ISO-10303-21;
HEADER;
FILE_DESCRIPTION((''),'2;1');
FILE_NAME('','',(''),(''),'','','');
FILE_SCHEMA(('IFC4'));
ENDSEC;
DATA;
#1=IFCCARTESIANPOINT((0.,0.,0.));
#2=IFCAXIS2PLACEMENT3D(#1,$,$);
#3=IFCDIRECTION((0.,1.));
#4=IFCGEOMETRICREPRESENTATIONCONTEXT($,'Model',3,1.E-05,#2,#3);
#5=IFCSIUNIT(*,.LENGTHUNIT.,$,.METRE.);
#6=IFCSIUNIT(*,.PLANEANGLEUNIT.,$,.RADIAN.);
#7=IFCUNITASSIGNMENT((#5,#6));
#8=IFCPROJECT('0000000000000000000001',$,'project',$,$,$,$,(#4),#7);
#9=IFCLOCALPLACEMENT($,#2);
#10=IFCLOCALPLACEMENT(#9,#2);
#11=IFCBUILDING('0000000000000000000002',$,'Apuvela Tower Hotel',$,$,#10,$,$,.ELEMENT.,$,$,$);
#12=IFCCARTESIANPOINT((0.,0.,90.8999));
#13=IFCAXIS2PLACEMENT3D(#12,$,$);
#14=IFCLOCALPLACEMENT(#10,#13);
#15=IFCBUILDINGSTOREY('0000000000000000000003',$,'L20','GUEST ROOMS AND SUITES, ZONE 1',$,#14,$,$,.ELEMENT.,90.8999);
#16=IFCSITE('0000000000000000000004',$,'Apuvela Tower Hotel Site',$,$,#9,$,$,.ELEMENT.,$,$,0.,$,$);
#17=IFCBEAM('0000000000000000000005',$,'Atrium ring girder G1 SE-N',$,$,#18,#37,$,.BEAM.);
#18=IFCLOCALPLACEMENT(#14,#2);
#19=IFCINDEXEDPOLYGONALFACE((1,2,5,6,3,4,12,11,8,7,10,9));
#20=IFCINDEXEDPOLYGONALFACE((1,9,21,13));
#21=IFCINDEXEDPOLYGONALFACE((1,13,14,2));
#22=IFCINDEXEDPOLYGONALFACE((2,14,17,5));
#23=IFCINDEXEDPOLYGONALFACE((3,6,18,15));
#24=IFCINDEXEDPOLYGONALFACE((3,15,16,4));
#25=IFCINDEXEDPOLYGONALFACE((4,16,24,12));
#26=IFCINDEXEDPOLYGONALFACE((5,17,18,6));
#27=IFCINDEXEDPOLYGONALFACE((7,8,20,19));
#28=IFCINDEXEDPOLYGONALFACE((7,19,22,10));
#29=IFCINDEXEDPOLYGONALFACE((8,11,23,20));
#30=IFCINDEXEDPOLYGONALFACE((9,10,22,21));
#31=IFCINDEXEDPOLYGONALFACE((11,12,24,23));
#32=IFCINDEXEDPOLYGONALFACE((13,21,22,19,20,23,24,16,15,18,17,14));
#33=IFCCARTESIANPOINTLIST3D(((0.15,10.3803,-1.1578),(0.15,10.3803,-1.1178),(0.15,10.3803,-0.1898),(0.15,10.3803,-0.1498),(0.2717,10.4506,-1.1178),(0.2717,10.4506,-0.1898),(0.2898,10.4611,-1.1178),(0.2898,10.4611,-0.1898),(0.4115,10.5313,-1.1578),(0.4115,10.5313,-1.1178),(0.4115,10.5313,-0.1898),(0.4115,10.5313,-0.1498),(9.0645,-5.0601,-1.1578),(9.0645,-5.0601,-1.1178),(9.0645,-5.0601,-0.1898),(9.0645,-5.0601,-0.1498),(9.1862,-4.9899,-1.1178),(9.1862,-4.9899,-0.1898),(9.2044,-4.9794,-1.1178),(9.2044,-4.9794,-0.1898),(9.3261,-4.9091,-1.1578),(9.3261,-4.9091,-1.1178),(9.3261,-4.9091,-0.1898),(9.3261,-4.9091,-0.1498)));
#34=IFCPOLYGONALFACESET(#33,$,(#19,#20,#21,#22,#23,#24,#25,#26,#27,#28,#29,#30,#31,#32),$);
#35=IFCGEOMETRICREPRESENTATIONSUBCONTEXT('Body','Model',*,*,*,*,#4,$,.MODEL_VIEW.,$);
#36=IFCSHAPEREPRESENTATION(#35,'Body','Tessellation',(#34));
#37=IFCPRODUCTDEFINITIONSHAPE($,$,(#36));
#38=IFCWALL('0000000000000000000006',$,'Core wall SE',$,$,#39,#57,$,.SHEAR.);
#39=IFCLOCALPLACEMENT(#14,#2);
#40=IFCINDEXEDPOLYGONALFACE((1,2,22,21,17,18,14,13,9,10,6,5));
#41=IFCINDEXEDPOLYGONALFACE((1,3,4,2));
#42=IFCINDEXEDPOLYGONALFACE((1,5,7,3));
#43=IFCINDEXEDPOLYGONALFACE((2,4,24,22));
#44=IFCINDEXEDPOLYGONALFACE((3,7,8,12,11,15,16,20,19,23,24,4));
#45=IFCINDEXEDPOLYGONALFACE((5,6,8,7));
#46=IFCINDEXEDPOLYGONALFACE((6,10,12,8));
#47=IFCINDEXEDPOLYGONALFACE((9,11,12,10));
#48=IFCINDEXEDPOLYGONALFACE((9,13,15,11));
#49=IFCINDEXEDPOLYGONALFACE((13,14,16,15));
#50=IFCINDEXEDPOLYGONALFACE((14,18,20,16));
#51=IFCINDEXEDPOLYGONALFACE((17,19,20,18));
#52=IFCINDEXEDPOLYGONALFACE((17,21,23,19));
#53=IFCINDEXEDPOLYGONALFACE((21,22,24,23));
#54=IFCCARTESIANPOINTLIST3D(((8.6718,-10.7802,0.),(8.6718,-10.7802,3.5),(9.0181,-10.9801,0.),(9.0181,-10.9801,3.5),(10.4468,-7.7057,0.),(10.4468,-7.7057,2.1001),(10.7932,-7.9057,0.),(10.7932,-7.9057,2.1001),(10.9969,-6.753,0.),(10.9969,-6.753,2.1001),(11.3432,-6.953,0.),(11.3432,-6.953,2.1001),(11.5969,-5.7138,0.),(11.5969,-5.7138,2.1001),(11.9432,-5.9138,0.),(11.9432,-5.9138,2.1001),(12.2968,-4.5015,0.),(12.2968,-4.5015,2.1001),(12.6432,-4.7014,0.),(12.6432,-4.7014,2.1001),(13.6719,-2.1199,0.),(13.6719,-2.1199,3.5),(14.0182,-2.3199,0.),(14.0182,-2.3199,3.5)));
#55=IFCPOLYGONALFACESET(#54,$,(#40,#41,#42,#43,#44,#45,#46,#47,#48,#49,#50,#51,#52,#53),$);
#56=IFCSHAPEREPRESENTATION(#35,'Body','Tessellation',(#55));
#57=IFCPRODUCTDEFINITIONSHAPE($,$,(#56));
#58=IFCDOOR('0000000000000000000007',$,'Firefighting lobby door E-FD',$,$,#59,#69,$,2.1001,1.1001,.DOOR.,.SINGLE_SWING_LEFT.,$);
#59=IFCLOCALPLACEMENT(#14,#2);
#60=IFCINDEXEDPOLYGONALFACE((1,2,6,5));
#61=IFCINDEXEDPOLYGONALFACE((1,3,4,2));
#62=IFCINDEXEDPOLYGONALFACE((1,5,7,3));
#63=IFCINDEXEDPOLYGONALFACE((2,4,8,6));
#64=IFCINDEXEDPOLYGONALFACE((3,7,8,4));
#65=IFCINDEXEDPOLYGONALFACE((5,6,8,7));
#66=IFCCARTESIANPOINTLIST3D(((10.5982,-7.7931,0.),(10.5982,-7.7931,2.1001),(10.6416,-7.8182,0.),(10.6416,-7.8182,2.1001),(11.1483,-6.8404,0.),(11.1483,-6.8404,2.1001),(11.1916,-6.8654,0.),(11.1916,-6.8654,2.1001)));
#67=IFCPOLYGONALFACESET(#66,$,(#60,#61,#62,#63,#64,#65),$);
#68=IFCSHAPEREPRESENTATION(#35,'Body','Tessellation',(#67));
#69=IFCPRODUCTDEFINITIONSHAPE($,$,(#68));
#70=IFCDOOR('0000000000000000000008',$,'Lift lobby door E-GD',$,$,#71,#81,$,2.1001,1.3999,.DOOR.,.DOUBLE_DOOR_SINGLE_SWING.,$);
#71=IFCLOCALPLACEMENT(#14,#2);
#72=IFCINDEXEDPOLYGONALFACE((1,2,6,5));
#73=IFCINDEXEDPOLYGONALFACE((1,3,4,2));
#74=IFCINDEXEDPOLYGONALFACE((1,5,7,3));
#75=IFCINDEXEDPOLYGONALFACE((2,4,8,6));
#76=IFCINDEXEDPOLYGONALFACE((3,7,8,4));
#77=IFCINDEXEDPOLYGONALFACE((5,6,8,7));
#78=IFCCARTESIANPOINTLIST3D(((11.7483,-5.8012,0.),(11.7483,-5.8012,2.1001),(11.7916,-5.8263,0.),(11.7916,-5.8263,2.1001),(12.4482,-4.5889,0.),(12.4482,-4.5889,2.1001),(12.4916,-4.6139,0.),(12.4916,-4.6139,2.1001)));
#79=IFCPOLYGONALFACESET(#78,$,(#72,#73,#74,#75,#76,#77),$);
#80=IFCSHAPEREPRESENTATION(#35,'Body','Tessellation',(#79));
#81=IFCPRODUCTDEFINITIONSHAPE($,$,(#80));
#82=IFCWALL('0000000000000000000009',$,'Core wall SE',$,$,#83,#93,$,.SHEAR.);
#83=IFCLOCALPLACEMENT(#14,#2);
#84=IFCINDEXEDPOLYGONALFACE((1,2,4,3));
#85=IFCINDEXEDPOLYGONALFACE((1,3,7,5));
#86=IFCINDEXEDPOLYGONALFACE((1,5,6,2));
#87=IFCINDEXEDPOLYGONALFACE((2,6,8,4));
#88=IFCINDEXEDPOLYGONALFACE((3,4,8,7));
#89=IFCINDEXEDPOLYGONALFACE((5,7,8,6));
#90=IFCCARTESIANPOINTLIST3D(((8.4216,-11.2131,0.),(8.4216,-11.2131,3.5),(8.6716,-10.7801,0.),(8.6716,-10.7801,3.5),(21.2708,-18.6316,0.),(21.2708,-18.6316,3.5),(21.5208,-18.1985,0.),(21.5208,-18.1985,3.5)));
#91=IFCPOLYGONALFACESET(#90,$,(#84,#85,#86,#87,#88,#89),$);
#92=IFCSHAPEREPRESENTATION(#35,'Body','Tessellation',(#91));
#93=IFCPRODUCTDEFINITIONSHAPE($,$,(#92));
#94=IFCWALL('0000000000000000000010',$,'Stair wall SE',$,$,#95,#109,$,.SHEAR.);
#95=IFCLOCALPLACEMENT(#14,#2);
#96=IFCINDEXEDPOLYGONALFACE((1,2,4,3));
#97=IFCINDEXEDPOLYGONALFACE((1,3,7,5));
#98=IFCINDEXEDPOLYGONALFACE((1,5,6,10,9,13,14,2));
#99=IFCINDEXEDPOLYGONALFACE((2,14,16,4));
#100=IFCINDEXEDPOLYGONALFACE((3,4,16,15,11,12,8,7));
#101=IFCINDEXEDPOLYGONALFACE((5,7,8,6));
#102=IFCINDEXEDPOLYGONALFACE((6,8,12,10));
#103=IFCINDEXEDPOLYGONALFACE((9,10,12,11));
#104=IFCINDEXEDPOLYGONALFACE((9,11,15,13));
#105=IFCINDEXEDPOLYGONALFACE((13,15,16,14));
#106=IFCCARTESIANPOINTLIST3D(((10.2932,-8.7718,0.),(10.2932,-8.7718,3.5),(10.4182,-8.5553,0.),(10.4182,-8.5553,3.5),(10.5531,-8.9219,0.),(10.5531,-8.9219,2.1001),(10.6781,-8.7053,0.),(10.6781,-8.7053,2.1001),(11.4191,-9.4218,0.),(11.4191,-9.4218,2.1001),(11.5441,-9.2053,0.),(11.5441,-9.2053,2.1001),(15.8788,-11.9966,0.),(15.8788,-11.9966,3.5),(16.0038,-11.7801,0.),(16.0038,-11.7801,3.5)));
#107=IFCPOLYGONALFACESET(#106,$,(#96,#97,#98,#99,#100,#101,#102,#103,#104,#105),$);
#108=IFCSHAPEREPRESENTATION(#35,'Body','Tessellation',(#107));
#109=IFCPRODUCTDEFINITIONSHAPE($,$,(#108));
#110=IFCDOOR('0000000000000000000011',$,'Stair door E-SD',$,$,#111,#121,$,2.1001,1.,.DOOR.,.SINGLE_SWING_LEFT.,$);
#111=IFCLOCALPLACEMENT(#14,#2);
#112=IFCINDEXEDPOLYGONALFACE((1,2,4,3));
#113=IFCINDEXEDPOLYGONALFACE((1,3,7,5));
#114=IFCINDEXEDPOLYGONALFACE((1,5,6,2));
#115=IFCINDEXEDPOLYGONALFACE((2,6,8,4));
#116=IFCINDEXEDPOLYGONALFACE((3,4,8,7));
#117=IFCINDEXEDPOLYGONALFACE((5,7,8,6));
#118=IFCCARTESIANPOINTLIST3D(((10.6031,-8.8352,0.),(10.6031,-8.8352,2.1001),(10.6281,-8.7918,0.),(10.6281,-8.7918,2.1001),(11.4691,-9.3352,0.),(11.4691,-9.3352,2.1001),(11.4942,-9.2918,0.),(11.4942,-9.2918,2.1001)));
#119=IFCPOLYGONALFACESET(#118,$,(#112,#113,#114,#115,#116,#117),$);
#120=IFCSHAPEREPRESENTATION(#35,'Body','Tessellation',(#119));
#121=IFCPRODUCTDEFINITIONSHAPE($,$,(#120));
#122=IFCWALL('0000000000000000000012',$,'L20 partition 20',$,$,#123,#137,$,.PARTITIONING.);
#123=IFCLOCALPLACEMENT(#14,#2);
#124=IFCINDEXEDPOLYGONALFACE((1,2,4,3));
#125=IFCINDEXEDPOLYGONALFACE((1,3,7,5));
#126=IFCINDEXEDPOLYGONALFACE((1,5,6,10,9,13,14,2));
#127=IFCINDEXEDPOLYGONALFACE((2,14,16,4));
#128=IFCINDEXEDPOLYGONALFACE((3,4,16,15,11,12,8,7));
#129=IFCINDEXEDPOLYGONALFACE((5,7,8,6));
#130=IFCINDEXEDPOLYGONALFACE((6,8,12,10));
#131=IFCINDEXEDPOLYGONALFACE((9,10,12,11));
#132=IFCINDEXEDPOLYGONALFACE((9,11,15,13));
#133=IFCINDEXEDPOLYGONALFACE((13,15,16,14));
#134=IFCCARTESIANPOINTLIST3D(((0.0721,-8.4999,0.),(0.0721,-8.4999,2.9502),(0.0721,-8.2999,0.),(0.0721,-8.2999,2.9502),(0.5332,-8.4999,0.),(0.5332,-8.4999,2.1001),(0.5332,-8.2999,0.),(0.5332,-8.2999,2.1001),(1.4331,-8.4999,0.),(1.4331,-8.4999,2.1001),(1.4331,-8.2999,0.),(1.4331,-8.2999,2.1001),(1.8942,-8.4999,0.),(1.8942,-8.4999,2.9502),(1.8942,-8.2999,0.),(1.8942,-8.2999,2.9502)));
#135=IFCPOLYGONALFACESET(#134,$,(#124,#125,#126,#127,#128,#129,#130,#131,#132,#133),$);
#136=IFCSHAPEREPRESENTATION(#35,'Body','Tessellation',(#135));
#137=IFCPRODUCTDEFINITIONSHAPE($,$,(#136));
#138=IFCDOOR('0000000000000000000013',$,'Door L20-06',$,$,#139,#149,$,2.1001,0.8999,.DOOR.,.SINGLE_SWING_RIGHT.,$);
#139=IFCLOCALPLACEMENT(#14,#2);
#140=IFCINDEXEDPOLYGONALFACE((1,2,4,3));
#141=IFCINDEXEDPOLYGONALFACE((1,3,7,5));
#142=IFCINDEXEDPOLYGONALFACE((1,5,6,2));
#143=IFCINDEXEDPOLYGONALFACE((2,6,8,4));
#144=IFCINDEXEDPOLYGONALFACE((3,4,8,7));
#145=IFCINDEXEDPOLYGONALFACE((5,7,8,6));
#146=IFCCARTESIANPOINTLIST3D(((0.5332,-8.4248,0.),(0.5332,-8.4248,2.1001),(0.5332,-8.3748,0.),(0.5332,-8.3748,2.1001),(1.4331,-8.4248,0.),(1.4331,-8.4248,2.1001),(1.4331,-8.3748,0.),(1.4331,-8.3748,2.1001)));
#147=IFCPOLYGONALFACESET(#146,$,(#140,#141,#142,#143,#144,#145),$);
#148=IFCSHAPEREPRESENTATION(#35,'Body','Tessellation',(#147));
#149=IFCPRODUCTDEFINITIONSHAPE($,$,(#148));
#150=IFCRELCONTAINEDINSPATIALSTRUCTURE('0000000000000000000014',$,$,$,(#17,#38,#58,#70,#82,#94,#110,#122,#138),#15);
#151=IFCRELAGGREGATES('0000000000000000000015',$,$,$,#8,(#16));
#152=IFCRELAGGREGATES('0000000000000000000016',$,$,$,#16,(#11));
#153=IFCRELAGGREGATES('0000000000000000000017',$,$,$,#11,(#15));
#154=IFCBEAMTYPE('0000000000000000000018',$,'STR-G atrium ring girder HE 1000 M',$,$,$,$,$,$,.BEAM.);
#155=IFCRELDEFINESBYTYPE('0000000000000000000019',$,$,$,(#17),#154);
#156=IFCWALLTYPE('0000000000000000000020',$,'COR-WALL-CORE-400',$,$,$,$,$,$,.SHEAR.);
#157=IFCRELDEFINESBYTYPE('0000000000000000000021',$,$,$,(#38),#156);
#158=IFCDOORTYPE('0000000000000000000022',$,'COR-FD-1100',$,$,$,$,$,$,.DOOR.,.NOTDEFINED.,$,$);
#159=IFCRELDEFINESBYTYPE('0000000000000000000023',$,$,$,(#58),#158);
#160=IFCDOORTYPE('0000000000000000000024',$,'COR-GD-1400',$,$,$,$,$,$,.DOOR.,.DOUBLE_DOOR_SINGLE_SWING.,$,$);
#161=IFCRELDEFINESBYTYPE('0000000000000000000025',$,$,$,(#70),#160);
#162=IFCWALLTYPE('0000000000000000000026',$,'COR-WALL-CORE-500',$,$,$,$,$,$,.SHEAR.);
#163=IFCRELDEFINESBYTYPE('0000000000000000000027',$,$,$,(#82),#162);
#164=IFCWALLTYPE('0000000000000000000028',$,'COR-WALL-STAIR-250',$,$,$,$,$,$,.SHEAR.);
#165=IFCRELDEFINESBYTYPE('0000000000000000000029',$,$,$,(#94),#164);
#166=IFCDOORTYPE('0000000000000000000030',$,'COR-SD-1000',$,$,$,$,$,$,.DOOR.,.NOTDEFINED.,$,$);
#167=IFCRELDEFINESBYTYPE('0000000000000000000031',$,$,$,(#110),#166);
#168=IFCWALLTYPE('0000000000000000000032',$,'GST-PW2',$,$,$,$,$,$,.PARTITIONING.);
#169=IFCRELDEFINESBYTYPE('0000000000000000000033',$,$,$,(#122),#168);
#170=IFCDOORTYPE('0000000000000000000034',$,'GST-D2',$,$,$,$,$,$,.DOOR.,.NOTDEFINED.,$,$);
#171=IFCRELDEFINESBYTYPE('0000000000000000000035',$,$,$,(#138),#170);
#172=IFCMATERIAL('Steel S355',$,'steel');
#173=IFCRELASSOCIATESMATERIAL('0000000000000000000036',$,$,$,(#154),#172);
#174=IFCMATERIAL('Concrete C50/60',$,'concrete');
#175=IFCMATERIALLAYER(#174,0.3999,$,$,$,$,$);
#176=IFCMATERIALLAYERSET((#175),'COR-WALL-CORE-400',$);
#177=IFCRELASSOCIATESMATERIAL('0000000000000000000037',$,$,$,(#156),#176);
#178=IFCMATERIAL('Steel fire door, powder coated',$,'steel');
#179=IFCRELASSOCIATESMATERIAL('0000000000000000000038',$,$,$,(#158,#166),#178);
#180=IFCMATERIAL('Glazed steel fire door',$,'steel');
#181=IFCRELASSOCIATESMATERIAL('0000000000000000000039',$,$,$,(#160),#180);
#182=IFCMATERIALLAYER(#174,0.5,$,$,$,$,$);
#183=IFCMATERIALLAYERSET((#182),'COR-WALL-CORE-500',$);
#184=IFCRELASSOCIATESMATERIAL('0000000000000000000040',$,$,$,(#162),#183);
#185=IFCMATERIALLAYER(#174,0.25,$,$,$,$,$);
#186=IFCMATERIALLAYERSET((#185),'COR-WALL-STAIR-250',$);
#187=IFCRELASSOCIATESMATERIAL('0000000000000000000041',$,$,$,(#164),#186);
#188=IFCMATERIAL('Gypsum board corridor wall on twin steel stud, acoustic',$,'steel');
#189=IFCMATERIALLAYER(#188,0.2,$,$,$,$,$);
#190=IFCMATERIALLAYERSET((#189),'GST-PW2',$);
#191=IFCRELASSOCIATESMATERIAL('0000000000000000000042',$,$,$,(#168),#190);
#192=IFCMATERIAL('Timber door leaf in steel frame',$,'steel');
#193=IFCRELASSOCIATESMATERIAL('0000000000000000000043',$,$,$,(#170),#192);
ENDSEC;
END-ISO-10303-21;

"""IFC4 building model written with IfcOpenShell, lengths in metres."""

from ifc_helpers import new_model, si_unit, direction, frame, frame_2d, origin, origin_2d, place, context, subcontext, project, spatial, rectangle, i_section, extrude, material, layer, layer_set, material_profile, profile_set, type_object, element, fill, save


model = new_model("IFC4")

# Units and contexts
model_context = context("Model", 3, precision=1e-05, world=origin(), true_north=direction((0.0, 1.0)))
body_context = subcontext(model_context, "Body", "Model", "MODEL_VIEW")
ifc_project = project(units=[si_unit("LENGTHUNIT", "METRE"), si_unit("PLANEANGLEUNIT", "RADIAN")], contexts=[model_context])

# Site, building, storey
site_placement = place(None, origin())
site = spatial("IfcSite", under=ifc_project, at=site_placement, Name="Apuvela Tower Hotel Site", CompositionType="ELEMENT", RefElevation=0.0)
building_placement = place(site_placement, origin())
building = spatial("IfcBuilding", under=site, at=building_placement, Name="Apuvela Tower Hotel", CompositionType="ELEMENT")
storey_placement = place(building_placement, frame((0.0, 0.0, 90.8999)))
storey = spatial("IfcBuildingStorey", under=building, at=storey_placement, Name="L20", Description="GUEST ROOMS AND SUITES, ZONE 1", CompositionType="ELEMENT", Elevation=90.8999)

# Beam
ifc_material_1 = material(Name="Steel S355", Category="steel")
ifc_material_profile = material_profile(ifc_material_1, i_section(OverallWidth=0.302, OverallDepth=1.0081, WebThickness=0.021, FlangeThickness=0.04, at=origin_2d()), Name="HE 1000 M")
ifc_profile_set = profile_set([ifc_material_profile], Name="Steel S355")
beam_type = type_object("IfcBeamType", Name="STR-G atrium ring girder HE 1000 M", PredefinedType="BEAM", material=ifc_profile_set)
beam_placement = place(storey_placement, frame((9.1953, -4.9846, -0.6538), z_axis=(-0.500001, 0.866025, 0.0), x_axis=(-0.866025, -0.500001, 0.0)))
element("IfcBeam", 1, at=beam_placement, inside=storey, type_object=beam_type, Name="Atrium ring girder G1 SE-N", PredefinedType="BEAM", context=body_context, shape_type="SweptSolid", body=[
    extrude(i_section(OverallWidth=0.302, OverallDepth=1.0081, WebThickness=0.021, FlangeThickness=0.04, at=origin_2d()), origin(), (0.0, 0.0, 1.0), 17.8291),
])

# Wall, openings, doors
ifc_material_2 = material(Name="Concrete C50/60", Category="concrete")
ifc_layer_1 = layer(ifc_material_2, 0.3999)
ifc_layer_set_1 = layer_set([ifc_layer_1], Name="COR-WALL-CORE-400")
wall_type_1 = type_object("IfcWallType", Name="COR-WALL-CORE-400", PredefinedType="SHEAR", material=ifc_layer_set_1)
wall_1_placement = place(storey_placement, frame((8.845, -10.8801, 0.0), z_axis=(0.0, 0.0, 1.0), x_axis=(0.500004, 0.866023, 0.0)))
wall_1 = element("IfcWall", 2, at=wall_1_placement, inside=storey, type_object=wall_type_1, Name="Core wall SE", PredefinedType="SHEAR", context=body_context, shape_type="SweptSolid", body=[
    extrude(rectangle(XDim=10.0, YDim=0.3999, at=frame_2d((5.0, 0.0))), origin(), (0.0, 0.0, 1.0), 3.5),
])
opening_1_placement = place(wall_1_placement, frame((3.55, 0.0, 0.0)))
opening_1 = element("IfcOpeningElement", 3, at=opening_1_placement, cuts=wall_1, PredefinedType="OPENING", context=body_context, shape_type="SweptSolid", body=[
    extrude(rectangle(XDim=1.1001, YDim=2.1001, at=frame_2d((0.55, 1.05))), frame((0.0, 0.21, 0.0), z_axis=(0.0, -1.0, 0.0), x_axis=(1.0, 0.0, 0.0)), (0.0, 0.0, 1.0), 0.4199),
])
opening_2_placement = place(wall_1_placement, frame((5.8501, 0.0, 0.0)))
opening_2 = element("IfcOpeningElement", 4, at=opening_2_placement, cuts=wall_1, PredefinedType="OPENING", context=body_context, shape_type="SweptSolid", body=[
    extrude(rectangle(XDim=1.3999, YDim=2.1001, at=frame_2d((0.7, 1.05))), frame((0.0, 0.21, 0.0), z_axis=(0.0, -1.0, 0.0), x_axis=(1.0, 0.0, 0.0)), (0.0, 0.0, 1.0), 0.4199),
])
ifc_material_3 = material(Name="Steel fire door, powder coated", Category="steel")
door_type_1 = type_object("IfcDoorType", Name="COR-FD-1100", OperationType="NOTDEFINED", PredefinedType="DOOR", material=ifc_material_3)
door_1_placement = place(opening_1_placement, frame((1.1001, 0.0, 0.0), z_axis=(0.0, 0.0, 1.0), x_axis=(-1.0, 0.0, 0.0)))
door_1 = element("IfcDoor", 5, at=door_1_placement, inside=storey, type_object=door_type_1, Name="Firefighting lobby door E-FD", OperationType="SINGLE_SWING_LEFT", OverallHeight=2.1001, OverallWidth=1.1001, PredefinedType="DOOR", context=body_context, shape_type="SweptSolid", body=[
    extrude(rectangle(XDim=1.1001, YDim=2.1001, at=frame_2d((0.55, 1.05))), frame((0.0, 0.0249, 0.0), z_axis=(0.0, -1.0, 0.0), x_axis=(1.0, 0.0, 0.0)), (0.0, 0.0, 1.0), 0.05),
])
fill(opening_1, door_1)
ifc_material_4 = material(Name="Glazed steel fire door", Category="steel")
door_type_2 = type_object("IfcDoorType", Name="COR-GD-1400", OperationType="DOUBLE_DOOR_SINGLE_SWING", PredefinedType="DOOR", material=ifc_material_4)
door_2_placement = place(opening_2_placement, frame((1.3999, 0.0, 0.0), z_axis=(0.0, 0.0, 1.0), x_axis=(-1.0, 0.0, 0.0)))
door_2 = element("IfcDoor", 6, at=door_2_placement, inside=storey, type_object=door_type_2, Name="Lift lobby door E-GD", OperationType="DOUBLE_DOOR_SINGLE_SWING", OverallHeight=2.1001, OverallWidth=1.3999, PredefinedType="DOOR", context=body_context, shape_type="SweptSolid", body=[
    extrude(rectangle(XDim=1.3999, YDim=2.1001, at=frame_2d((0.7, 1.05))), frame((0.0, 0.0249, 0.0), z_axis=(0.0, -1.0, 0.0), x_axis=(1.0, 0.0, 0.0)), (0.0, 0.0, 1.0), 0.05),
])
fill(opening_2, door_2)

# Wall
ifc_layer_2 = layer(ifc_material_2, 0.5)
ifc_layer_set_2 = layer_set([ifc_layer_2], Name="COR-WALL-CORE-500")
wall_type_2 = type_object("IfcWallType", Name="COR-WALL-CORE-500", PredefinedType="SHEAR", material=ifc_layer_set_2)
wall_2_placement = place(storey_placement, frame((8.5466, -10.9966, 0.0), z_axis=(0.0, 0.0, 1.0), x_axis=(0.866025, -0.500001, 0.0)))
element("IfcWall", 7, at=wall_2_placement, inside=storey, type_object=wall_type_2, Name="Core wall SE", PredefinedType="SHEAR", context=body_context, shape_type="SweptSolid", body=[
    extrude(rectangle(XDim=14.8369, YDim=0.5, at=frame_2d((7.4185, 0.0))), origin(), (0.0, 0.0, 1.0), 3.5),
])

# Walls, openings, doors
ifc_layer_3 = layer(ifc_material_2, 0.25)
ifc_layer_set_3 = layer_set([ifc_layer_3], Name="COR-WALL-STAIR-250")
wall_type_3 = type_object("IfcWallType", Name="COR-WALL-STAIR-250", PredefinedType="SHEAR", material=ifc_layer_set_3)
wall_3_placement = place(storey_placement, frame((10.3557, -8.6636, 0.0), z_axis=(0.0, 0.0, 1.0), x_axis=(0.866029, -0.499994, 0.0)))
wall_3 = element("IfcWall", 8, at=wall_3_placement, inside=storey, type_object=wall_type_3, Name="Stair wall SE", PredefinedType="SHEAR", context=body_context, shape_type="SweptSolid", body=[
    extrude(rectangle(XDim=6.4497, YDim=0.25, at=frame_2d((3.2249, 0.0))), origin(), (0.0, 0.0, 1.0), 3.5),
])
opening_3_placement = place(wall_3_placement, frame((0.3, 0.0, 0.0)))
opening_3 = element("IfcOpeningElement", 9, at=opening_3_placement, cuts=wall_3, PredefinedType="OPENING", context=body_context, shape_type="SweptSolid", body=[
    extrude(rectangle(XDim=1.0, YDim=2.1001, at=frame_2d((0.5, 1.05))), frame((0.0, 0.135, 0.0), z_axis=(0.0, -1.0, 0.0), x_axis=(1.0, 0.0, 0.0)), (0.0, 0.0, 1.0), 0.27),
])
door_type_3 = type_object("IfcDoorType", Name="COR-SD-1000", OperationType="NOTDEFINED", PredefinedType="DOOR", material=ifc_material_3)
door_3_placement = place(opening_3_placement, frame((1.0, 0.0, 0.0), z_axis=(0.0, 0.0, 1.0), x_axis=(-1.0, 0.0, 0.0)))
door_3 = element("IfcDoor", 10, at=door_3_placement, inside=storey, type_object=door_type_3, Name="Stair door E-SD", OperationType="SINGLE_SWING_LEFT", OverallHeight=2.1001, OverallWidth=1.0, PredefinedType="DOOR", context=body_context, shape_type="SweptSolid", body=[
    extrude(rectangle(XDim=1.0, YDim=2.1001, at=frame_2d((0.5, 1.05))), frame((0.0, 0.0249, 0.0), z_axis=(0.0, -1.0, 0.0), x_axis=(1.0, 0.0, 0.0)), (0.0, 0.0, 1.0), 0.05),
])
fill(opening_3, door_3)
ifc_material_5 = material(Name="Gypsum board corridor wall on twin steel stud, acoustic", Category="steel")
ifc_layer_4 = layer(ifc_material_5, 0.2)
ifc_layer_set_4 = layer_set([ifc_layer_4], Name="GST-PW2")
wall_type_4 = type_object("IfcWallType", Name="GST-PW2", PredefinedType="PARTITIONING", material=ifc_layer_set_4)
wall_4_placement = place(storey_placement, frame((1.8943, -8.3999, 0.0), z_axis=(0.0, 0.0, 1.0), x_axis=(-1.0, 0.0, 0.0)))
wall_4 = element("IfcWall", 11, at=wall_4_placement, inside=storey, type_object=wall_type_4, Name="L20 partition 20", PredefinedType="PARTITIONING", context=body_context, shape_type="SweptSolid", body=[
    extrude(rectangle(XDim=1.822, YDim=0.2, at=frame_2d((0.9111, 0.0))), origin(), (0.0, 0.0, 1.0), 2.9502),
])
opening_4_placement = place(wall_4_placement, frame((0.4612, 0.0, 0.0)))
opening_4 = element("IfcOpeningElement", 12, at=opening_4_placement, cuts=wall_4, PredefinedType="OPENING", context=body_context, shape_type="SweptSolid", body=[
    extrude(rectangle(XDim=0.8999, YDim=2.1001, at=frame_2d((0.45, 1.05))), frame((0.0, 0.1099, 0.0), z_axis=(0.0, -1.0, 0.0), x_axis=(1.0, 0.0, 0.0)), (0.0, 0.0, 1.0), 0.22),
])
ifc_material_6 = material(Name="Timber door leaf in steel frame", Category="steel")
door_type_4 = type_object("IfcDoorType", Name="GST-D2", OperationType="NOTDEFINED", PredefinedType="DOOR", material=ifc_material_6)
door_4_placement = place(opening_4_placement, origin())
door_4 = element("IfcDoor", 13, at=door_4_placement, inside=storey, type_object=door_type_4, Name="Door L20-06", OperationType="SINGLE_SWING_RIGHT", OverallHeight=2.1001, OverallWidth=0.8999, PredefinedType="DOOR", context=body_context, shape_type="SweptSolid", body=[
    extrude(rectangle(XDim=0.8999, YDim=2.1001, at=frame_2d((0.45, 1.05))), frame((0.0, 0.0249, 0.0), z_axis=(0.0, -1.0, 0.0), x_axis=(1.0, 0.0, 0.0)), (0.0, 0.0, 1.0), 0.05),
])
fill(opening_4, door_4)

save(model, "model.ifc")
